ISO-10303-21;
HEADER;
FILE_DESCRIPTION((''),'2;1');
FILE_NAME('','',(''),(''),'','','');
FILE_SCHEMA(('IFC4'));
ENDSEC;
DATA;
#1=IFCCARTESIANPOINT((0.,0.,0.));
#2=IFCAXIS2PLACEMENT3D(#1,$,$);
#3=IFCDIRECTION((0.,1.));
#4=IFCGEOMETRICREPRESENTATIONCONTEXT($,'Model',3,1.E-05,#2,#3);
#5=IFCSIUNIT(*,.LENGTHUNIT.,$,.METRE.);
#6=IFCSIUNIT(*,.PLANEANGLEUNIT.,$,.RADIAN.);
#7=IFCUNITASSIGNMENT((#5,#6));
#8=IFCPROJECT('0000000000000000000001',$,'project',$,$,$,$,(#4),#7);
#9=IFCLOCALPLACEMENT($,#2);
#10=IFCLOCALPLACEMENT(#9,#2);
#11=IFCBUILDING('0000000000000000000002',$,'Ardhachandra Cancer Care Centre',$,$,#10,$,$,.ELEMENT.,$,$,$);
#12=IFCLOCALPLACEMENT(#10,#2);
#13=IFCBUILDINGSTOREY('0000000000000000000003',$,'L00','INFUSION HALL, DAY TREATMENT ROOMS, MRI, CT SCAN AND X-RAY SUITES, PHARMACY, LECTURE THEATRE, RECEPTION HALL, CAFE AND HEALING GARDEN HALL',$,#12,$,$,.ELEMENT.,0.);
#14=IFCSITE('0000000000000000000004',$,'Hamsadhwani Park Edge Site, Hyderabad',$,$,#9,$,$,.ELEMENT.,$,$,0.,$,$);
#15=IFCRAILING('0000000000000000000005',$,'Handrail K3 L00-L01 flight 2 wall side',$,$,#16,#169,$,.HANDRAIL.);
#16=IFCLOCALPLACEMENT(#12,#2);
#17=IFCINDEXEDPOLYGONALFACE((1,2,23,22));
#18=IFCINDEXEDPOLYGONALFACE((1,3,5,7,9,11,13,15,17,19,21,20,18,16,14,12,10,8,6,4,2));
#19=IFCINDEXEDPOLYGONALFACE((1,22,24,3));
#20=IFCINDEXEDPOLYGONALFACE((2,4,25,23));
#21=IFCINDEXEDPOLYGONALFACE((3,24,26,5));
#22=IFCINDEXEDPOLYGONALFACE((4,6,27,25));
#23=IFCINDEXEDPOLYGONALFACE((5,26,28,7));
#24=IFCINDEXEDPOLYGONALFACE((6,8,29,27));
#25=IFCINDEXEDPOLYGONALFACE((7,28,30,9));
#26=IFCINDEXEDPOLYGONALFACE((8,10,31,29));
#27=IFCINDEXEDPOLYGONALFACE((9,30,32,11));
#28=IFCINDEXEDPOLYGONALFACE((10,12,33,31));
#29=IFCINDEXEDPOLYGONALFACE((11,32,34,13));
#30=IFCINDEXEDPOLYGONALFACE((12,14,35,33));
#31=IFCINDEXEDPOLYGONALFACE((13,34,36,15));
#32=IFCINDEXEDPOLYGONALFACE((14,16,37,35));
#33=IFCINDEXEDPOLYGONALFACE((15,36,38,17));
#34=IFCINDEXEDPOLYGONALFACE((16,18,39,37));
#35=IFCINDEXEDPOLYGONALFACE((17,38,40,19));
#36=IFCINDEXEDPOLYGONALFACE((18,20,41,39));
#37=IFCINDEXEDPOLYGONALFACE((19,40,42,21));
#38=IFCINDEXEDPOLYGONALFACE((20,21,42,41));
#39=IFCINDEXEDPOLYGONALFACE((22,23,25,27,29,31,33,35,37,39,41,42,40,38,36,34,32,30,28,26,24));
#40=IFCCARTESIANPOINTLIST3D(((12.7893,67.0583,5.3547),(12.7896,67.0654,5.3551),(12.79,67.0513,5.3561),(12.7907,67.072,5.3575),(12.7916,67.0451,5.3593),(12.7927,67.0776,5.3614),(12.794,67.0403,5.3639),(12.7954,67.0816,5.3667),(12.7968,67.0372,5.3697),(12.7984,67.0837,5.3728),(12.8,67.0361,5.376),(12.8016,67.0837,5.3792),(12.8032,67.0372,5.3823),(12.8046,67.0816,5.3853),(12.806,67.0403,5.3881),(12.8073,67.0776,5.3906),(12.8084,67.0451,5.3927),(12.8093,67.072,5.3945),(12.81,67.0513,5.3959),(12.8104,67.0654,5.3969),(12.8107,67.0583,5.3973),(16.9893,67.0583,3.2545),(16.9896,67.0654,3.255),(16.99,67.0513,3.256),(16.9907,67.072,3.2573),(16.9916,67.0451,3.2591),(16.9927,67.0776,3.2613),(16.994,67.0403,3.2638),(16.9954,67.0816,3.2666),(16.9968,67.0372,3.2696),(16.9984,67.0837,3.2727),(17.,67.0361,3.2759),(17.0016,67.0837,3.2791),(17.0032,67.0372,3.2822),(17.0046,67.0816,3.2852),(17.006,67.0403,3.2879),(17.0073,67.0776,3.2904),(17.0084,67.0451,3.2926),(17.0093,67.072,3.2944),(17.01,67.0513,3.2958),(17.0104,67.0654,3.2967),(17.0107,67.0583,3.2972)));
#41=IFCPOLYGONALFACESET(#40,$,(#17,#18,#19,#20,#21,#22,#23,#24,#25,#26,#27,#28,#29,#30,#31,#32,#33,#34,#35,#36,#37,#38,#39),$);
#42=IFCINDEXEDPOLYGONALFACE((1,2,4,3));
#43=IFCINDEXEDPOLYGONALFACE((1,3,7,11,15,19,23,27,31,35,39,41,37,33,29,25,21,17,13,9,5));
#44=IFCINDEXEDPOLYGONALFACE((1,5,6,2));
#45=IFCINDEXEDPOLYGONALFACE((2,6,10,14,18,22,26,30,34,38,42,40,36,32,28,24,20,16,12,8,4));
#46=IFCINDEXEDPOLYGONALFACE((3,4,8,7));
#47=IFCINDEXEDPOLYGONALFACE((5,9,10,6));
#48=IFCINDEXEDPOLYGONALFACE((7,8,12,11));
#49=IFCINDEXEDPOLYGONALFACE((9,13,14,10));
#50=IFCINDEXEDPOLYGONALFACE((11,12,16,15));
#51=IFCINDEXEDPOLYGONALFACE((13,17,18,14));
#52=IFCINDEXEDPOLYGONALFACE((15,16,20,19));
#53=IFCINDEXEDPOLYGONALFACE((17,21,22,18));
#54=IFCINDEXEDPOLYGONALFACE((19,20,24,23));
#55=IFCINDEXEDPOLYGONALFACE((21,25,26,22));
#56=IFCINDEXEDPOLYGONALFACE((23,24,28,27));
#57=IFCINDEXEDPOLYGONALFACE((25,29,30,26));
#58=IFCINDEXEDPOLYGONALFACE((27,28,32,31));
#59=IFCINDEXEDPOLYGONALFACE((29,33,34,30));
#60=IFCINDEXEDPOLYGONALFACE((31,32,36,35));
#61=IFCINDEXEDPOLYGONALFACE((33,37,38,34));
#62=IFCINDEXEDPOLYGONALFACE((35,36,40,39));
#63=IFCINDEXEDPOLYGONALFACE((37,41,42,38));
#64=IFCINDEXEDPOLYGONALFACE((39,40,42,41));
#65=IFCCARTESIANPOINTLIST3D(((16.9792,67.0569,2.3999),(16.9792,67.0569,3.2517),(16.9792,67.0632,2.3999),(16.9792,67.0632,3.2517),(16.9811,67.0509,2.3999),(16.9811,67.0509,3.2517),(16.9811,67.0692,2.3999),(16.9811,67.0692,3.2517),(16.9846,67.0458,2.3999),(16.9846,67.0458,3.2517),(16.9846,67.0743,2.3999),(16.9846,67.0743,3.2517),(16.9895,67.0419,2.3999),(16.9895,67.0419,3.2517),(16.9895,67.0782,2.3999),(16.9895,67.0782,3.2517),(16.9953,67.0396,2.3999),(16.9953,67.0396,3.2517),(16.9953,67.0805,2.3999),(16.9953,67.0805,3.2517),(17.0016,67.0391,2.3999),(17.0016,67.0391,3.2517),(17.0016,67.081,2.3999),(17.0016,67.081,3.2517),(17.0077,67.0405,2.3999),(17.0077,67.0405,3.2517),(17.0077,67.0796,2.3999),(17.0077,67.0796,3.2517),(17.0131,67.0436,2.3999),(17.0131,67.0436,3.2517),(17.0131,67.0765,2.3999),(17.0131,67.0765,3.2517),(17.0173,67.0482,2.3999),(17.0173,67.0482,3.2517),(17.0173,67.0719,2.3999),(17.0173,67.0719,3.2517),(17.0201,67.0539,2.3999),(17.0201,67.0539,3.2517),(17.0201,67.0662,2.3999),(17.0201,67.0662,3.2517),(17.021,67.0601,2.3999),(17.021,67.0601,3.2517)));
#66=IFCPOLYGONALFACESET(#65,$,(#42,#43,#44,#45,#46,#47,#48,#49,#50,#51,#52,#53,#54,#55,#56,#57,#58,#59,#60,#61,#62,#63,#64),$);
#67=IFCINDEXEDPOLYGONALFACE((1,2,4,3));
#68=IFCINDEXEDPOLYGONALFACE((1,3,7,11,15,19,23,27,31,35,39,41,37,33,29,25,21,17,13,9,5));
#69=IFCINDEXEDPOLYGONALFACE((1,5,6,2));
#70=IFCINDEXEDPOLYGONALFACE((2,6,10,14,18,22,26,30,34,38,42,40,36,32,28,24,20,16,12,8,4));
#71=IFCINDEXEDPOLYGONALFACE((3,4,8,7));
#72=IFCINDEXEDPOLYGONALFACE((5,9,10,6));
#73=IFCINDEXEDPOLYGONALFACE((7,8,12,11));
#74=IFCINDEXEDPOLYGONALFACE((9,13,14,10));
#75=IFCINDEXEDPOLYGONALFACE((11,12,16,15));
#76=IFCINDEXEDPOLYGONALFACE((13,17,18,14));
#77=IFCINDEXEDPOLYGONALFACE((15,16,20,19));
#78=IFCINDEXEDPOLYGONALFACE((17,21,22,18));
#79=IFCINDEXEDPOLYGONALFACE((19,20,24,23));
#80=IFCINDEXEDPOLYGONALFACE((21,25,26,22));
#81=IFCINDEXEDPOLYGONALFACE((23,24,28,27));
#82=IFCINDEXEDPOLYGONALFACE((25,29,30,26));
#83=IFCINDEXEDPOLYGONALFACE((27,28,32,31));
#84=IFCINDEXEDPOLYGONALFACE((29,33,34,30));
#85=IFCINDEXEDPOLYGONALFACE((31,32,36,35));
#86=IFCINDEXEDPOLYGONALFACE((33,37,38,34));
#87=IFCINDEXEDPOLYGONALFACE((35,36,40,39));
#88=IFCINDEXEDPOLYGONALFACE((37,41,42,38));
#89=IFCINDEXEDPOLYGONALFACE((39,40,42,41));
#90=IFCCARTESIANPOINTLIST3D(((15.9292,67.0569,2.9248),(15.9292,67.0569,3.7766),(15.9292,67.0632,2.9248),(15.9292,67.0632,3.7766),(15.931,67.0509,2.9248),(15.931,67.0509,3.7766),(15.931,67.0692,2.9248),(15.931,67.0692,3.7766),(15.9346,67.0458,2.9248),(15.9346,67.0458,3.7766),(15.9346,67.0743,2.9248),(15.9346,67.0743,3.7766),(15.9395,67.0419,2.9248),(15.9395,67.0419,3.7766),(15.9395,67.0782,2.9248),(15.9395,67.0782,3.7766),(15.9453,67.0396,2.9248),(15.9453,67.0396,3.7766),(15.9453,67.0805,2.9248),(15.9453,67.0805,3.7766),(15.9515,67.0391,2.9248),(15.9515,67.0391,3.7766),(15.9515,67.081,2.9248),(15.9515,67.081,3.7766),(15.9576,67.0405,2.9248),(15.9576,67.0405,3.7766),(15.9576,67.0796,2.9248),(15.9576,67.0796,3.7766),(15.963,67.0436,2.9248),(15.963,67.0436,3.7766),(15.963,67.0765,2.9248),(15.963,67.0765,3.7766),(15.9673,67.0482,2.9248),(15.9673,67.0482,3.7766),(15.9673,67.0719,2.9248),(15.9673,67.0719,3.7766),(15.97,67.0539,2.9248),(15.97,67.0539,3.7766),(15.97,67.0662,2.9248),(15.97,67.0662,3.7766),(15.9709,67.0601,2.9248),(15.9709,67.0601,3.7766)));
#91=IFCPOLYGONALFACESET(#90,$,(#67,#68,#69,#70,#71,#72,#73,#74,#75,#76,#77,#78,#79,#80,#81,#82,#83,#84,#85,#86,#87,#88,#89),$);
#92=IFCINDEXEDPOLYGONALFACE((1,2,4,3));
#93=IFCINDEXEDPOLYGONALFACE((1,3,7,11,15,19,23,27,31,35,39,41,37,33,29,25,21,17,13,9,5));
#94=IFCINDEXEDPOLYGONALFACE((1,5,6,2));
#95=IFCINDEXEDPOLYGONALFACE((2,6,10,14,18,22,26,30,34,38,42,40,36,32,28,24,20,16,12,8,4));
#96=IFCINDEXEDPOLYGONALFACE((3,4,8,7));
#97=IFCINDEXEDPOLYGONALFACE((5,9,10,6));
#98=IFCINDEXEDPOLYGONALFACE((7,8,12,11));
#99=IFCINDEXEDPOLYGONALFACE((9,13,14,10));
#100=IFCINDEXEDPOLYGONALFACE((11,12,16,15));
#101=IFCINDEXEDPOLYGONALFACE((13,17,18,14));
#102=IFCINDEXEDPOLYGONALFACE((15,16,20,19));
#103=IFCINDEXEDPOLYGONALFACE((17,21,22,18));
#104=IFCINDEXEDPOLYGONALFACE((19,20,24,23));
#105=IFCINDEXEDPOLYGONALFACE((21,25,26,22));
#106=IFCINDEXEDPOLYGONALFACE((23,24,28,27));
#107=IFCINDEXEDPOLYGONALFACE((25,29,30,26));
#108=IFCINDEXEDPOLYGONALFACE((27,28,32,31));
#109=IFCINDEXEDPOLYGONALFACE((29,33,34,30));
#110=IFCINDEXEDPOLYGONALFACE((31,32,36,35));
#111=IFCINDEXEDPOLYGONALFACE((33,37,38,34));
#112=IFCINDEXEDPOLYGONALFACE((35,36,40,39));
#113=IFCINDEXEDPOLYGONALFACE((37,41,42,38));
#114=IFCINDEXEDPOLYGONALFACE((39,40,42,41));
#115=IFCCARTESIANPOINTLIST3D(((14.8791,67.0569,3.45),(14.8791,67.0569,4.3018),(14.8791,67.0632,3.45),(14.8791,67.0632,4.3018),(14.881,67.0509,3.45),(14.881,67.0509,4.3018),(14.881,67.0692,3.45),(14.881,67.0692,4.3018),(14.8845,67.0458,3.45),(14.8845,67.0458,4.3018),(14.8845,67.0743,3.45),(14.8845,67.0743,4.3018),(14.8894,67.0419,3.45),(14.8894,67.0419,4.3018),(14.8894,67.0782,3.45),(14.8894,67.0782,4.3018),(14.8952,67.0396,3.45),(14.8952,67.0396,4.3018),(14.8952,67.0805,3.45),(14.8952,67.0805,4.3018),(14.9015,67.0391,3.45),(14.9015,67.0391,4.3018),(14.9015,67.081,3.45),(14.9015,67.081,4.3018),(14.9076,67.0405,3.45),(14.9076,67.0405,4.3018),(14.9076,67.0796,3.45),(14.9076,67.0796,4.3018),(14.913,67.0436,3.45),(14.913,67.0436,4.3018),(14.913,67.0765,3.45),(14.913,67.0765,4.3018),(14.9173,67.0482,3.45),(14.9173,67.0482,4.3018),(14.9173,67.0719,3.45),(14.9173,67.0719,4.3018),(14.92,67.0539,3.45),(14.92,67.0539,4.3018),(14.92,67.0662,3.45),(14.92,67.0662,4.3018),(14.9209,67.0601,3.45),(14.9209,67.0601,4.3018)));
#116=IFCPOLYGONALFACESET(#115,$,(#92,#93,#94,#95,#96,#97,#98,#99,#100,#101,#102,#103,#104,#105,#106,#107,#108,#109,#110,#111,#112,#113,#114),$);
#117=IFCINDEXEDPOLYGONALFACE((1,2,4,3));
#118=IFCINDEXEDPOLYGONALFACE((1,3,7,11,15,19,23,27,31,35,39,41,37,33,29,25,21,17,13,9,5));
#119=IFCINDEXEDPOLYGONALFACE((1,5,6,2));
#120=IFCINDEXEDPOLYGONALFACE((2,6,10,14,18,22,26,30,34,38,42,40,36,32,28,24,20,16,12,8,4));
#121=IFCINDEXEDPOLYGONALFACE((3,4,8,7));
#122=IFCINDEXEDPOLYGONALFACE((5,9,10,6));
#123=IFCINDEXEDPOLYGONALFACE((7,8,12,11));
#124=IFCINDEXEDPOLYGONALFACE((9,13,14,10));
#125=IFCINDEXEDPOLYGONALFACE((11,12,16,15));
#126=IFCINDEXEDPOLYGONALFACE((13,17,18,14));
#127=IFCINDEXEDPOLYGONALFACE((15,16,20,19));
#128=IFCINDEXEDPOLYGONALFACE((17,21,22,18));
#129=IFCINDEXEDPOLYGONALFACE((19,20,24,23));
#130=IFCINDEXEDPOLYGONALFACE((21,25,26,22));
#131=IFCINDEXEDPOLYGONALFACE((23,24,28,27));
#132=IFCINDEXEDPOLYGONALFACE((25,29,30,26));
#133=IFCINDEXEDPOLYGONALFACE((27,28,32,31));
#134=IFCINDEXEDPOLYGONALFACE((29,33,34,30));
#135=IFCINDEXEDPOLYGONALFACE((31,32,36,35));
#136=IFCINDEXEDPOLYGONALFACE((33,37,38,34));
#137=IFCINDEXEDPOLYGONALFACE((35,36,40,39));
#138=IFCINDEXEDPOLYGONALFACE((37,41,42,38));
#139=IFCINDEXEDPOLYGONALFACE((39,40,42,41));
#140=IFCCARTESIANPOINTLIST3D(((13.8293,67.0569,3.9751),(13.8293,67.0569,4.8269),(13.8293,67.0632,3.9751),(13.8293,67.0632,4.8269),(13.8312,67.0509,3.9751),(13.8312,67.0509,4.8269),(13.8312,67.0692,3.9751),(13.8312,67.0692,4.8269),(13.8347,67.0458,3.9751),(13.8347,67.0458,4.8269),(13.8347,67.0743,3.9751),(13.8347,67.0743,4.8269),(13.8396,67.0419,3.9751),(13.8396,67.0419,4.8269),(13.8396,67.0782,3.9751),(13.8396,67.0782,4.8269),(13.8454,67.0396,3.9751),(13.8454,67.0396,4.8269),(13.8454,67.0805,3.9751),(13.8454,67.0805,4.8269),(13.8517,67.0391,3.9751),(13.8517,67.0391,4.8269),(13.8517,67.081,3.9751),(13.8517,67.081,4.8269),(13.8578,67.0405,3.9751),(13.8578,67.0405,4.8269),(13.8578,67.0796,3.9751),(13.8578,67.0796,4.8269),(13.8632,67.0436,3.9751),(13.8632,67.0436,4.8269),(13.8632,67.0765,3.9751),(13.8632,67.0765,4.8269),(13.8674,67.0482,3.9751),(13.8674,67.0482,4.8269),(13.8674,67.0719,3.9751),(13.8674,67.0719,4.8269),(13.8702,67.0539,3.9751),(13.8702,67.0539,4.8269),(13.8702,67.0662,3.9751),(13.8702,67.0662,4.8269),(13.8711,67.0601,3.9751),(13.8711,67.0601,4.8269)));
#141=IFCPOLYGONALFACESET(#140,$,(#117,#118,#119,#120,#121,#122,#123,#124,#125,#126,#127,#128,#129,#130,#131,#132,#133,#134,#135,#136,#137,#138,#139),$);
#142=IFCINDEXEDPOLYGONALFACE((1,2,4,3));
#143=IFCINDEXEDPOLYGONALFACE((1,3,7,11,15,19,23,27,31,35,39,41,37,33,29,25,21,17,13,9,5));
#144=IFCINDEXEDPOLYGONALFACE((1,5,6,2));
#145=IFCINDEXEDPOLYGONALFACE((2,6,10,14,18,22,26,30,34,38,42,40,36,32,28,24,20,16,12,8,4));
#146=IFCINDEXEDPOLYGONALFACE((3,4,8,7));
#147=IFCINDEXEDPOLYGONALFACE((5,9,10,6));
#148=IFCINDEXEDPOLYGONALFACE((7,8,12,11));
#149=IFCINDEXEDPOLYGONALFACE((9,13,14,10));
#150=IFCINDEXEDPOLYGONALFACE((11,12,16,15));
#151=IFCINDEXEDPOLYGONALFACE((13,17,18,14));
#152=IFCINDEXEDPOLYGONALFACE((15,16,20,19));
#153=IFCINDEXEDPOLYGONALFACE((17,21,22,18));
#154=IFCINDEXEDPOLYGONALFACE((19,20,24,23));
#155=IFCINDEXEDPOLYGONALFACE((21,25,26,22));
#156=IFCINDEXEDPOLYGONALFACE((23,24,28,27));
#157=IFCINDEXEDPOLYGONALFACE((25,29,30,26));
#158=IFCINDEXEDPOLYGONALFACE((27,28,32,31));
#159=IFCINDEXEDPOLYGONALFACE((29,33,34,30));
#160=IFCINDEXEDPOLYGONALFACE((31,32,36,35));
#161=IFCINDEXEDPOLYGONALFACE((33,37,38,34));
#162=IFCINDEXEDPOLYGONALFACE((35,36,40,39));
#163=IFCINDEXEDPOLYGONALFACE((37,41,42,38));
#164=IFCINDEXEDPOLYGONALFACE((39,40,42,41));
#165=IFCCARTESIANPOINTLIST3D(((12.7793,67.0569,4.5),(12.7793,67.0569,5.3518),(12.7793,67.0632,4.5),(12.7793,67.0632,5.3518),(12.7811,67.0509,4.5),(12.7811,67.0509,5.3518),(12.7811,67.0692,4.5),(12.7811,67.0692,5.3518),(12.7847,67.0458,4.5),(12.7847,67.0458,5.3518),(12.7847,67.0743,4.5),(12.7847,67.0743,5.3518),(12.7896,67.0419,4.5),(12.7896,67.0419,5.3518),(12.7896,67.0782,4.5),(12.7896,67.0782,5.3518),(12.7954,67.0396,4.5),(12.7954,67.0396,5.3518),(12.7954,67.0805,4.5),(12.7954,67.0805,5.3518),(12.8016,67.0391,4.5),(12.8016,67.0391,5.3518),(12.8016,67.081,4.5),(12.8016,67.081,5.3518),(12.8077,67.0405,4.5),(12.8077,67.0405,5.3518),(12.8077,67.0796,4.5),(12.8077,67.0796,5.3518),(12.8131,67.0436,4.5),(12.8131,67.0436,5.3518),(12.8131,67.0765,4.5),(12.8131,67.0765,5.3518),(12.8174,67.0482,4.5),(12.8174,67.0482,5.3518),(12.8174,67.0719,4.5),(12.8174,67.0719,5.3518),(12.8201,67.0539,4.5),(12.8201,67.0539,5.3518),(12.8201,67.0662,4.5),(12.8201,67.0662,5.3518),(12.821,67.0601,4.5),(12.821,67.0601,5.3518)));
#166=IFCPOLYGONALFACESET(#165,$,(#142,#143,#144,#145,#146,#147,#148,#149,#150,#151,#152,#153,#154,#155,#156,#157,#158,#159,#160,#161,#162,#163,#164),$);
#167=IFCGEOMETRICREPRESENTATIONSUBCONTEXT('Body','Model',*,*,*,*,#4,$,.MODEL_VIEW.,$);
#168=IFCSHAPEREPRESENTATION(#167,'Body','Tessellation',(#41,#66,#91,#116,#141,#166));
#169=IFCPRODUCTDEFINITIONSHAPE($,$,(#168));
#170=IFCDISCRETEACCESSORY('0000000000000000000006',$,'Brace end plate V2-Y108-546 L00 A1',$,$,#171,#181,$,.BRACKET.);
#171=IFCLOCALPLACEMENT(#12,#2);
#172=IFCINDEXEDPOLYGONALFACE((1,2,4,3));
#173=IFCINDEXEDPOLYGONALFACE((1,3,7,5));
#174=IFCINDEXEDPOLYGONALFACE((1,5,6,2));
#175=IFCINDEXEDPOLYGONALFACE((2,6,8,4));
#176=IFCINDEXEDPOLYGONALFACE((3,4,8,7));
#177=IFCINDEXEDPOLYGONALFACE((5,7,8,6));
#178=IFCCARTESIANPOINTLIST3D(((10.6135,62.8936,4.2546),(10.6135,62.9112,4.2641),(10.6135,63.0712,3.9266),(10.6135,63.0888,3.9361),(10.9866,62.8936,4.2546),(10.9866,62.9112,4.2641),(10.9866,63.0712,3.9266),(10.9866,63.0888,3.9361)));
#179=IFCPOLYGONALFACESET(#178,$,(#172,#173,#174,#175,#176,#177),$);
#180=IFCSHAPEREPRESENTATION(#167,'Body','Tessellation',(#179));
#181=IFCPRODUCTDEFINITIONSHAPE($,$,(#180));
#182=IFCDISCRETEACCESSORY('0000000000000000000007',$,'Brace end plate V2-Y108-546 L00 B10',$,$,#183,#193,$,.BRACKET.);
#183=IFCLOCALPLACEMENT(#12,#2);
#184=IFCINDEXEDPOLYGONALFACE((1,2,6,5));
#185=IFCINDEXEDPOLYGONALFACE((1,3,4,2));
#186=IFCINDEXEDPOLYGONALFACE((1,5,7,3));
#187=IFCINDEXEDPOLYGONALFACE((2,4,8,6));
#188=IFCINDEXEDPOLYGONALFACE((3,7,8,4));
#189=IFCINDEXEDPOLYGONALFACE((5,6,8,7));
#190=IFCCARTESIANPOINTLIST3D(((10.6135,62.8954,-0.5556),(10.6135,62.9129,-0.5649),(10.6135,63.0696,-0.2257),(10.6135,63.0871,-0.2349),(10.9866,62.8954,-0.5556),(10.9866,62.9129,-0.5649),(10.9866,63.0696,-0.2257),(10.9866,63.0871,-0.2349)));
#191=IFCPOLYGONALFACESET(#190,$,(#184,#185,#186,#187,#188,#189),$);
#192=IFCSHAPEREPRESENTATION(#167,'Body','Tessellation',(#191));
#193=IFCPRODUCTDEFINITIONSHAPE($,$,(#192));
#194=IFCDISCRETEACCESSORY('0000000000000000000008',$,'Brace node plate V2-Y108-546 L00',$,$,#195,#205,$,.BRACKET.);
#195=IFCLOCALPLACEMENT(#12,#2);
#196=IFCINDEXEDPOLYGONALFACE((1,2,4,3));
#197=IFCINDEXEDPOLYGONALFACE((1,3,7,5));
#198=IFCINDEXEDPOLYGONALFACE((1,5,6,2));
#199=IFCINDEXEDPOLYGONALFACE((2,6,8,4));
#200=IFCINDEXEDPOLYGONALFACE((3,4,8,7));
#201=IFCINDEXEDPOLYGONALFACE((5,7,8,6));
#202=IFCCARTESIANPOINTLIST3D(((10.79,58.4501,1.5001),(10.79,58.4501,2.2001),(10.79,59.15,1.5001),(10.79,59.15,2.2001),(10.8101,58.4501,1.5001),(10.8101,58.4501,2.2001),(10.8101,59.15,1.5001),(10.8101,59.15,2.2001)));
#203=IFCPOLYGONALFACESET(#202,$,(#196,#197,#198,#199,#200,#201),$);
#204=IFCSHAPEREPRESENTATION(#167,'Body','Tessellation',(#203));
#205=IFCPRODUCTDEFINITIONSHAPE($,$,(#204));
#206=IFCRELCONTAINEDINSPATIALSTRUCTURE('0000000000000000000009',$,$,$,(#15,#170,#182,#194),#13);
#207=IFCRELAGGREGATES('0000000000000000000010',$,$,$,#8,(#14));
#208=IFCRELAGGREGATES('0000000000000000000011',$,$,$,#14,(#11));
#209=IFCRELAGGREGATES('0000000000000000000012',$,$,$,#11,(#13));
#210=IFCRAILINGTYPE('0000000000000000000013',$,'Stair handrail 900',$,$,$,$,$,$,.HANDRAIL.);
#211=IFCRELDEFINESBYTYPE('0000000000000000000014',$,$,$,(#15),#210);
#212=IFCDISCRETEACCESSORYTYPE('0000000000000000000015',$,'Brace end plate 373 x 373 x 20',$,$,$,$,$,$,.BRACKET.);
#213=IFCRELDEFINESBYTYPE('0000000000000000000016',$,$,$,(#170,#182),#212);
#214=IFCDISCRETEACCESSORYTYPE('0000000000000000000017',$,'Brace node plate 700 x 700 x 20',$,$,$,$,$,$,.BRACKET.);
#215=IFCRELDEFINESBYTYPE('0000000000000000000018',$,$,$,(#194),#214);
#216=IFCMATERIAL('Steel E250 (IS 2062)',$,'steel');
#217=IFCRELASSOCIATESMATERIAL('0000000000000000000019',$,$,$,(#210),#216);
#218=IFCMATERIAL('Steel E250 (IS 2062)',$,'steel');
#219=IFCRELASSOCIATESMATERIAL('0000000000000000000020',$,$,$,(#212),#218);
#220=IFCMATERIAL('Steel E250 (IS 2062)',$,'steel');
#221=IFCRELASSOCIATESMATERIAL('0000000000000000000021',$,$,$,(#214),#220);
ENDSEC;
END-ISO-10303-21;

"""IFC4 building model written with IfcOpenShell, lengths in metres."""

from ifc_helpers import new_model, si_unit, direction, frame, origin, origin_2d, place, context, subcontext, project, spatial, rectangle, circle, extrude, material, material_profile, profile_set, type_object, element, save


model = new_model("IFC4")

# Units and contexts
model_context = context("Model", 3, precision=1e-05, world=origin(), true_north=direction((0.0, 1.0)))
body_context = subcontext(model_context, "Body", "Model", "MODEL_VIEW")
ifc_project = project(units=[si_unit("LENGTHUNIT", "METRE"), si_unit("PLANEANGLEUNIT", "RADIAN")], contexts=[model_context])

# Site, building, storey
site_placement = place(None, origin())
site = spatial("IfcSite", under=ifc_project, at=site_placement, Name="Hamsadhwani Park Edge Site, Hyderabad", CompositionType="ELEMENT", RefElevation=0.0)
building_placement = place(site_placement, origin())
building = spatial("IfcBuilding", under=site, at=building_placement, Name="Ardhachandra Cancer Care Centre", CompositionType="ELEMENT")
storey_placement = place(building_placement, origin())
storey = spatial("IfcBuildingStorey", under=building, at=storey_placement, Name="L00", Description="INFUSION HALL, DAY TREATMENT ROOMS, MRI, CT SCAN AND X-RAY SUITES, PHARMACY, LECTURE THEATRE, RECEPTION HALL, CAFE AND HEALING GARDEN HALL", CompositionType="ELEMENT", Elevation=0.0)

# Railing
ifc_material_1 = material(Name="Steel E250 (IS 2062)", Category="steel")
railing_type = type_object("IfcRailingType", Name="Stair handrail 900", PredefinedType="HANDRAIL", material=ifc_material_1)
for number, where, name in (
    (1, (17.0, 67.0601, 2.3999), "Handrail K3 L00-L01 flight 2 wall side"),
):
    element("IfcRailing", number, at=place(storey_placement, frame(where)), inside=storey, type_object=railing_type, Name=name, PredefinedType="HANDRAIL", context=body_context, shape_type="SweptSolid", body=[
        extrude(circle(Radius=0.0239, at=origin_2d()), frame((0.0, 0.0, 0.876), z_axis=(-0.894417, 0.0, 0.447234), x_axis=(0.0, -1.0, 0.0)), (0.0, 0.0, 1.0), 4.6958),
        extrude(circle(Radius=0.021, at=origin_2d()), origin(), (0.0, 0.0, 1.0), 0.8518),
        extrude(circle(Radius=0.021, at=origin_2d()), frame((-1.05, 0.0, 0.5249)), (0.0, 0.0, 1.0), 0.8518),
        extrude(circle(Radius=0.021, at=origin_2d()), frame((-2.1001, 0.0, 1.05)), (0.0, 0.0, 1.0), 0.8518),
        extrude(circle(Radius=0.021, at=origin_2d()), frame((-3.1499, 0.0, 1.5752)), (0.0, 0.0, 1.0), 0.8518),
        extrude(circle(Radius=0.021, at=origin_2d()), frame((-4.2, 0.0, 2.1001)), (0.0, 0.0, 1.0), 0.8518),
    ])

# Discrete accessories
ifc_material_2 = material(Name="Steel E250 (IS 2062)", Category="steel")
ifc_material_profile_1 = material_profile(ifc_material_2, rectangle(XDim=0.373, YDim=0.373, at=origin_2d()), Name="PL 373x373x20")
ifc_profile_set_1 = profile_set([ifc_material_profile_1], Name="Steel E250 (IS 2062)")
discrete_accessory_type_1 = type_object("IfcDiscreteAccessoryType", Name="Brace end plate 373 x 373 x 20", PredefinedType="BRACKET", material=ifc_profile_set_1)
discrete_accessory_1_placement = place(storey_placement, frame((10.8, 63.0, 4.1001), z_axis=(0.0, -0.879292, -0.476283), x_axis=(1.0, 0.0, 0.0)))
element("IfcDiscreteAccessory", 2, at=discrete_accessory_1_placement, inside=storey, type_object=discrete_accessory_type_1, Name="Brace end plate V2-Y108-546 L00 A1", PredefinedType="BRACKET", context=body_context, shape_type="SweptSolid", body=[
    extrude(rectangle(XDim=0.373, YDim=0.373, at=origin_2d()), origin(), (0.0, 0.0, 1.0), 0.02),
])
discrete_accessory_2_placement = place(storey_placement, frame((10.8, 63.0, -0.3999), z_axis=(0.0, -0.884385, 0.466759), x_axis=(1.0, 0.0, 0.0)))
element("IfcDiscreteAccessory", 3, at=discrete_accessory_2_placement, inside=storey, type_object=discrete_accessory_type_1, Name="Brace end plate V2-Y108-546 L00 B10", PredefinedType="BRACKET", context=body_context, shape_type="SweptSolid", body=[
    extrude(rectangle(XDim=0.373, YDim=0.373, at=origin_2d()), origin(), (0.0, 0.0, 1.0), 0.0198),
])
ifc_material_3 = material(Name="Steel E250 (IS 2062)", Category="steel")
ifc_material_profile_2 = material_profile(ifc_material_3, rectangle(XDim=0.7, YDim=0.7, at=origin_2d()), Name="PL 700x700x20")
ifc_profile_set_2 = profile_set([ifc_material_profile_2], Name="Steel E250 (IS 2062)")
discrete_accessory_type_2 = type_object("IfcDiscreteAccessoryType", Name="Brace node plate 700 x 700 x 20", PredefinedType="BRACKET", material=ifc_profile_set_2)
discrete_accessory_3_placement = place(storey_placement, frame((10.79, 58.8, 1.8501), z_axis=(1.0, 0.0, 0.0), x_axis=(0.0, 1.0, 0.0)))
element("IfcDiscreteAccessory", 4, at=discrete_accessory_3_placement, inside=storey, type_object=discrete_accessory_type_2, Name="Brace node plate V2-Y108-546 L00", PredefinedType="BRACKET", context=body_context, shape_type="SweptSolid", body=[
    extrude(rectangle(XDim=0.7, YDim=0.7, at=origin_2d()), origin(), (0.0, 0.0, 1.0), 0.02),
])

save(model, "model.ifc")
